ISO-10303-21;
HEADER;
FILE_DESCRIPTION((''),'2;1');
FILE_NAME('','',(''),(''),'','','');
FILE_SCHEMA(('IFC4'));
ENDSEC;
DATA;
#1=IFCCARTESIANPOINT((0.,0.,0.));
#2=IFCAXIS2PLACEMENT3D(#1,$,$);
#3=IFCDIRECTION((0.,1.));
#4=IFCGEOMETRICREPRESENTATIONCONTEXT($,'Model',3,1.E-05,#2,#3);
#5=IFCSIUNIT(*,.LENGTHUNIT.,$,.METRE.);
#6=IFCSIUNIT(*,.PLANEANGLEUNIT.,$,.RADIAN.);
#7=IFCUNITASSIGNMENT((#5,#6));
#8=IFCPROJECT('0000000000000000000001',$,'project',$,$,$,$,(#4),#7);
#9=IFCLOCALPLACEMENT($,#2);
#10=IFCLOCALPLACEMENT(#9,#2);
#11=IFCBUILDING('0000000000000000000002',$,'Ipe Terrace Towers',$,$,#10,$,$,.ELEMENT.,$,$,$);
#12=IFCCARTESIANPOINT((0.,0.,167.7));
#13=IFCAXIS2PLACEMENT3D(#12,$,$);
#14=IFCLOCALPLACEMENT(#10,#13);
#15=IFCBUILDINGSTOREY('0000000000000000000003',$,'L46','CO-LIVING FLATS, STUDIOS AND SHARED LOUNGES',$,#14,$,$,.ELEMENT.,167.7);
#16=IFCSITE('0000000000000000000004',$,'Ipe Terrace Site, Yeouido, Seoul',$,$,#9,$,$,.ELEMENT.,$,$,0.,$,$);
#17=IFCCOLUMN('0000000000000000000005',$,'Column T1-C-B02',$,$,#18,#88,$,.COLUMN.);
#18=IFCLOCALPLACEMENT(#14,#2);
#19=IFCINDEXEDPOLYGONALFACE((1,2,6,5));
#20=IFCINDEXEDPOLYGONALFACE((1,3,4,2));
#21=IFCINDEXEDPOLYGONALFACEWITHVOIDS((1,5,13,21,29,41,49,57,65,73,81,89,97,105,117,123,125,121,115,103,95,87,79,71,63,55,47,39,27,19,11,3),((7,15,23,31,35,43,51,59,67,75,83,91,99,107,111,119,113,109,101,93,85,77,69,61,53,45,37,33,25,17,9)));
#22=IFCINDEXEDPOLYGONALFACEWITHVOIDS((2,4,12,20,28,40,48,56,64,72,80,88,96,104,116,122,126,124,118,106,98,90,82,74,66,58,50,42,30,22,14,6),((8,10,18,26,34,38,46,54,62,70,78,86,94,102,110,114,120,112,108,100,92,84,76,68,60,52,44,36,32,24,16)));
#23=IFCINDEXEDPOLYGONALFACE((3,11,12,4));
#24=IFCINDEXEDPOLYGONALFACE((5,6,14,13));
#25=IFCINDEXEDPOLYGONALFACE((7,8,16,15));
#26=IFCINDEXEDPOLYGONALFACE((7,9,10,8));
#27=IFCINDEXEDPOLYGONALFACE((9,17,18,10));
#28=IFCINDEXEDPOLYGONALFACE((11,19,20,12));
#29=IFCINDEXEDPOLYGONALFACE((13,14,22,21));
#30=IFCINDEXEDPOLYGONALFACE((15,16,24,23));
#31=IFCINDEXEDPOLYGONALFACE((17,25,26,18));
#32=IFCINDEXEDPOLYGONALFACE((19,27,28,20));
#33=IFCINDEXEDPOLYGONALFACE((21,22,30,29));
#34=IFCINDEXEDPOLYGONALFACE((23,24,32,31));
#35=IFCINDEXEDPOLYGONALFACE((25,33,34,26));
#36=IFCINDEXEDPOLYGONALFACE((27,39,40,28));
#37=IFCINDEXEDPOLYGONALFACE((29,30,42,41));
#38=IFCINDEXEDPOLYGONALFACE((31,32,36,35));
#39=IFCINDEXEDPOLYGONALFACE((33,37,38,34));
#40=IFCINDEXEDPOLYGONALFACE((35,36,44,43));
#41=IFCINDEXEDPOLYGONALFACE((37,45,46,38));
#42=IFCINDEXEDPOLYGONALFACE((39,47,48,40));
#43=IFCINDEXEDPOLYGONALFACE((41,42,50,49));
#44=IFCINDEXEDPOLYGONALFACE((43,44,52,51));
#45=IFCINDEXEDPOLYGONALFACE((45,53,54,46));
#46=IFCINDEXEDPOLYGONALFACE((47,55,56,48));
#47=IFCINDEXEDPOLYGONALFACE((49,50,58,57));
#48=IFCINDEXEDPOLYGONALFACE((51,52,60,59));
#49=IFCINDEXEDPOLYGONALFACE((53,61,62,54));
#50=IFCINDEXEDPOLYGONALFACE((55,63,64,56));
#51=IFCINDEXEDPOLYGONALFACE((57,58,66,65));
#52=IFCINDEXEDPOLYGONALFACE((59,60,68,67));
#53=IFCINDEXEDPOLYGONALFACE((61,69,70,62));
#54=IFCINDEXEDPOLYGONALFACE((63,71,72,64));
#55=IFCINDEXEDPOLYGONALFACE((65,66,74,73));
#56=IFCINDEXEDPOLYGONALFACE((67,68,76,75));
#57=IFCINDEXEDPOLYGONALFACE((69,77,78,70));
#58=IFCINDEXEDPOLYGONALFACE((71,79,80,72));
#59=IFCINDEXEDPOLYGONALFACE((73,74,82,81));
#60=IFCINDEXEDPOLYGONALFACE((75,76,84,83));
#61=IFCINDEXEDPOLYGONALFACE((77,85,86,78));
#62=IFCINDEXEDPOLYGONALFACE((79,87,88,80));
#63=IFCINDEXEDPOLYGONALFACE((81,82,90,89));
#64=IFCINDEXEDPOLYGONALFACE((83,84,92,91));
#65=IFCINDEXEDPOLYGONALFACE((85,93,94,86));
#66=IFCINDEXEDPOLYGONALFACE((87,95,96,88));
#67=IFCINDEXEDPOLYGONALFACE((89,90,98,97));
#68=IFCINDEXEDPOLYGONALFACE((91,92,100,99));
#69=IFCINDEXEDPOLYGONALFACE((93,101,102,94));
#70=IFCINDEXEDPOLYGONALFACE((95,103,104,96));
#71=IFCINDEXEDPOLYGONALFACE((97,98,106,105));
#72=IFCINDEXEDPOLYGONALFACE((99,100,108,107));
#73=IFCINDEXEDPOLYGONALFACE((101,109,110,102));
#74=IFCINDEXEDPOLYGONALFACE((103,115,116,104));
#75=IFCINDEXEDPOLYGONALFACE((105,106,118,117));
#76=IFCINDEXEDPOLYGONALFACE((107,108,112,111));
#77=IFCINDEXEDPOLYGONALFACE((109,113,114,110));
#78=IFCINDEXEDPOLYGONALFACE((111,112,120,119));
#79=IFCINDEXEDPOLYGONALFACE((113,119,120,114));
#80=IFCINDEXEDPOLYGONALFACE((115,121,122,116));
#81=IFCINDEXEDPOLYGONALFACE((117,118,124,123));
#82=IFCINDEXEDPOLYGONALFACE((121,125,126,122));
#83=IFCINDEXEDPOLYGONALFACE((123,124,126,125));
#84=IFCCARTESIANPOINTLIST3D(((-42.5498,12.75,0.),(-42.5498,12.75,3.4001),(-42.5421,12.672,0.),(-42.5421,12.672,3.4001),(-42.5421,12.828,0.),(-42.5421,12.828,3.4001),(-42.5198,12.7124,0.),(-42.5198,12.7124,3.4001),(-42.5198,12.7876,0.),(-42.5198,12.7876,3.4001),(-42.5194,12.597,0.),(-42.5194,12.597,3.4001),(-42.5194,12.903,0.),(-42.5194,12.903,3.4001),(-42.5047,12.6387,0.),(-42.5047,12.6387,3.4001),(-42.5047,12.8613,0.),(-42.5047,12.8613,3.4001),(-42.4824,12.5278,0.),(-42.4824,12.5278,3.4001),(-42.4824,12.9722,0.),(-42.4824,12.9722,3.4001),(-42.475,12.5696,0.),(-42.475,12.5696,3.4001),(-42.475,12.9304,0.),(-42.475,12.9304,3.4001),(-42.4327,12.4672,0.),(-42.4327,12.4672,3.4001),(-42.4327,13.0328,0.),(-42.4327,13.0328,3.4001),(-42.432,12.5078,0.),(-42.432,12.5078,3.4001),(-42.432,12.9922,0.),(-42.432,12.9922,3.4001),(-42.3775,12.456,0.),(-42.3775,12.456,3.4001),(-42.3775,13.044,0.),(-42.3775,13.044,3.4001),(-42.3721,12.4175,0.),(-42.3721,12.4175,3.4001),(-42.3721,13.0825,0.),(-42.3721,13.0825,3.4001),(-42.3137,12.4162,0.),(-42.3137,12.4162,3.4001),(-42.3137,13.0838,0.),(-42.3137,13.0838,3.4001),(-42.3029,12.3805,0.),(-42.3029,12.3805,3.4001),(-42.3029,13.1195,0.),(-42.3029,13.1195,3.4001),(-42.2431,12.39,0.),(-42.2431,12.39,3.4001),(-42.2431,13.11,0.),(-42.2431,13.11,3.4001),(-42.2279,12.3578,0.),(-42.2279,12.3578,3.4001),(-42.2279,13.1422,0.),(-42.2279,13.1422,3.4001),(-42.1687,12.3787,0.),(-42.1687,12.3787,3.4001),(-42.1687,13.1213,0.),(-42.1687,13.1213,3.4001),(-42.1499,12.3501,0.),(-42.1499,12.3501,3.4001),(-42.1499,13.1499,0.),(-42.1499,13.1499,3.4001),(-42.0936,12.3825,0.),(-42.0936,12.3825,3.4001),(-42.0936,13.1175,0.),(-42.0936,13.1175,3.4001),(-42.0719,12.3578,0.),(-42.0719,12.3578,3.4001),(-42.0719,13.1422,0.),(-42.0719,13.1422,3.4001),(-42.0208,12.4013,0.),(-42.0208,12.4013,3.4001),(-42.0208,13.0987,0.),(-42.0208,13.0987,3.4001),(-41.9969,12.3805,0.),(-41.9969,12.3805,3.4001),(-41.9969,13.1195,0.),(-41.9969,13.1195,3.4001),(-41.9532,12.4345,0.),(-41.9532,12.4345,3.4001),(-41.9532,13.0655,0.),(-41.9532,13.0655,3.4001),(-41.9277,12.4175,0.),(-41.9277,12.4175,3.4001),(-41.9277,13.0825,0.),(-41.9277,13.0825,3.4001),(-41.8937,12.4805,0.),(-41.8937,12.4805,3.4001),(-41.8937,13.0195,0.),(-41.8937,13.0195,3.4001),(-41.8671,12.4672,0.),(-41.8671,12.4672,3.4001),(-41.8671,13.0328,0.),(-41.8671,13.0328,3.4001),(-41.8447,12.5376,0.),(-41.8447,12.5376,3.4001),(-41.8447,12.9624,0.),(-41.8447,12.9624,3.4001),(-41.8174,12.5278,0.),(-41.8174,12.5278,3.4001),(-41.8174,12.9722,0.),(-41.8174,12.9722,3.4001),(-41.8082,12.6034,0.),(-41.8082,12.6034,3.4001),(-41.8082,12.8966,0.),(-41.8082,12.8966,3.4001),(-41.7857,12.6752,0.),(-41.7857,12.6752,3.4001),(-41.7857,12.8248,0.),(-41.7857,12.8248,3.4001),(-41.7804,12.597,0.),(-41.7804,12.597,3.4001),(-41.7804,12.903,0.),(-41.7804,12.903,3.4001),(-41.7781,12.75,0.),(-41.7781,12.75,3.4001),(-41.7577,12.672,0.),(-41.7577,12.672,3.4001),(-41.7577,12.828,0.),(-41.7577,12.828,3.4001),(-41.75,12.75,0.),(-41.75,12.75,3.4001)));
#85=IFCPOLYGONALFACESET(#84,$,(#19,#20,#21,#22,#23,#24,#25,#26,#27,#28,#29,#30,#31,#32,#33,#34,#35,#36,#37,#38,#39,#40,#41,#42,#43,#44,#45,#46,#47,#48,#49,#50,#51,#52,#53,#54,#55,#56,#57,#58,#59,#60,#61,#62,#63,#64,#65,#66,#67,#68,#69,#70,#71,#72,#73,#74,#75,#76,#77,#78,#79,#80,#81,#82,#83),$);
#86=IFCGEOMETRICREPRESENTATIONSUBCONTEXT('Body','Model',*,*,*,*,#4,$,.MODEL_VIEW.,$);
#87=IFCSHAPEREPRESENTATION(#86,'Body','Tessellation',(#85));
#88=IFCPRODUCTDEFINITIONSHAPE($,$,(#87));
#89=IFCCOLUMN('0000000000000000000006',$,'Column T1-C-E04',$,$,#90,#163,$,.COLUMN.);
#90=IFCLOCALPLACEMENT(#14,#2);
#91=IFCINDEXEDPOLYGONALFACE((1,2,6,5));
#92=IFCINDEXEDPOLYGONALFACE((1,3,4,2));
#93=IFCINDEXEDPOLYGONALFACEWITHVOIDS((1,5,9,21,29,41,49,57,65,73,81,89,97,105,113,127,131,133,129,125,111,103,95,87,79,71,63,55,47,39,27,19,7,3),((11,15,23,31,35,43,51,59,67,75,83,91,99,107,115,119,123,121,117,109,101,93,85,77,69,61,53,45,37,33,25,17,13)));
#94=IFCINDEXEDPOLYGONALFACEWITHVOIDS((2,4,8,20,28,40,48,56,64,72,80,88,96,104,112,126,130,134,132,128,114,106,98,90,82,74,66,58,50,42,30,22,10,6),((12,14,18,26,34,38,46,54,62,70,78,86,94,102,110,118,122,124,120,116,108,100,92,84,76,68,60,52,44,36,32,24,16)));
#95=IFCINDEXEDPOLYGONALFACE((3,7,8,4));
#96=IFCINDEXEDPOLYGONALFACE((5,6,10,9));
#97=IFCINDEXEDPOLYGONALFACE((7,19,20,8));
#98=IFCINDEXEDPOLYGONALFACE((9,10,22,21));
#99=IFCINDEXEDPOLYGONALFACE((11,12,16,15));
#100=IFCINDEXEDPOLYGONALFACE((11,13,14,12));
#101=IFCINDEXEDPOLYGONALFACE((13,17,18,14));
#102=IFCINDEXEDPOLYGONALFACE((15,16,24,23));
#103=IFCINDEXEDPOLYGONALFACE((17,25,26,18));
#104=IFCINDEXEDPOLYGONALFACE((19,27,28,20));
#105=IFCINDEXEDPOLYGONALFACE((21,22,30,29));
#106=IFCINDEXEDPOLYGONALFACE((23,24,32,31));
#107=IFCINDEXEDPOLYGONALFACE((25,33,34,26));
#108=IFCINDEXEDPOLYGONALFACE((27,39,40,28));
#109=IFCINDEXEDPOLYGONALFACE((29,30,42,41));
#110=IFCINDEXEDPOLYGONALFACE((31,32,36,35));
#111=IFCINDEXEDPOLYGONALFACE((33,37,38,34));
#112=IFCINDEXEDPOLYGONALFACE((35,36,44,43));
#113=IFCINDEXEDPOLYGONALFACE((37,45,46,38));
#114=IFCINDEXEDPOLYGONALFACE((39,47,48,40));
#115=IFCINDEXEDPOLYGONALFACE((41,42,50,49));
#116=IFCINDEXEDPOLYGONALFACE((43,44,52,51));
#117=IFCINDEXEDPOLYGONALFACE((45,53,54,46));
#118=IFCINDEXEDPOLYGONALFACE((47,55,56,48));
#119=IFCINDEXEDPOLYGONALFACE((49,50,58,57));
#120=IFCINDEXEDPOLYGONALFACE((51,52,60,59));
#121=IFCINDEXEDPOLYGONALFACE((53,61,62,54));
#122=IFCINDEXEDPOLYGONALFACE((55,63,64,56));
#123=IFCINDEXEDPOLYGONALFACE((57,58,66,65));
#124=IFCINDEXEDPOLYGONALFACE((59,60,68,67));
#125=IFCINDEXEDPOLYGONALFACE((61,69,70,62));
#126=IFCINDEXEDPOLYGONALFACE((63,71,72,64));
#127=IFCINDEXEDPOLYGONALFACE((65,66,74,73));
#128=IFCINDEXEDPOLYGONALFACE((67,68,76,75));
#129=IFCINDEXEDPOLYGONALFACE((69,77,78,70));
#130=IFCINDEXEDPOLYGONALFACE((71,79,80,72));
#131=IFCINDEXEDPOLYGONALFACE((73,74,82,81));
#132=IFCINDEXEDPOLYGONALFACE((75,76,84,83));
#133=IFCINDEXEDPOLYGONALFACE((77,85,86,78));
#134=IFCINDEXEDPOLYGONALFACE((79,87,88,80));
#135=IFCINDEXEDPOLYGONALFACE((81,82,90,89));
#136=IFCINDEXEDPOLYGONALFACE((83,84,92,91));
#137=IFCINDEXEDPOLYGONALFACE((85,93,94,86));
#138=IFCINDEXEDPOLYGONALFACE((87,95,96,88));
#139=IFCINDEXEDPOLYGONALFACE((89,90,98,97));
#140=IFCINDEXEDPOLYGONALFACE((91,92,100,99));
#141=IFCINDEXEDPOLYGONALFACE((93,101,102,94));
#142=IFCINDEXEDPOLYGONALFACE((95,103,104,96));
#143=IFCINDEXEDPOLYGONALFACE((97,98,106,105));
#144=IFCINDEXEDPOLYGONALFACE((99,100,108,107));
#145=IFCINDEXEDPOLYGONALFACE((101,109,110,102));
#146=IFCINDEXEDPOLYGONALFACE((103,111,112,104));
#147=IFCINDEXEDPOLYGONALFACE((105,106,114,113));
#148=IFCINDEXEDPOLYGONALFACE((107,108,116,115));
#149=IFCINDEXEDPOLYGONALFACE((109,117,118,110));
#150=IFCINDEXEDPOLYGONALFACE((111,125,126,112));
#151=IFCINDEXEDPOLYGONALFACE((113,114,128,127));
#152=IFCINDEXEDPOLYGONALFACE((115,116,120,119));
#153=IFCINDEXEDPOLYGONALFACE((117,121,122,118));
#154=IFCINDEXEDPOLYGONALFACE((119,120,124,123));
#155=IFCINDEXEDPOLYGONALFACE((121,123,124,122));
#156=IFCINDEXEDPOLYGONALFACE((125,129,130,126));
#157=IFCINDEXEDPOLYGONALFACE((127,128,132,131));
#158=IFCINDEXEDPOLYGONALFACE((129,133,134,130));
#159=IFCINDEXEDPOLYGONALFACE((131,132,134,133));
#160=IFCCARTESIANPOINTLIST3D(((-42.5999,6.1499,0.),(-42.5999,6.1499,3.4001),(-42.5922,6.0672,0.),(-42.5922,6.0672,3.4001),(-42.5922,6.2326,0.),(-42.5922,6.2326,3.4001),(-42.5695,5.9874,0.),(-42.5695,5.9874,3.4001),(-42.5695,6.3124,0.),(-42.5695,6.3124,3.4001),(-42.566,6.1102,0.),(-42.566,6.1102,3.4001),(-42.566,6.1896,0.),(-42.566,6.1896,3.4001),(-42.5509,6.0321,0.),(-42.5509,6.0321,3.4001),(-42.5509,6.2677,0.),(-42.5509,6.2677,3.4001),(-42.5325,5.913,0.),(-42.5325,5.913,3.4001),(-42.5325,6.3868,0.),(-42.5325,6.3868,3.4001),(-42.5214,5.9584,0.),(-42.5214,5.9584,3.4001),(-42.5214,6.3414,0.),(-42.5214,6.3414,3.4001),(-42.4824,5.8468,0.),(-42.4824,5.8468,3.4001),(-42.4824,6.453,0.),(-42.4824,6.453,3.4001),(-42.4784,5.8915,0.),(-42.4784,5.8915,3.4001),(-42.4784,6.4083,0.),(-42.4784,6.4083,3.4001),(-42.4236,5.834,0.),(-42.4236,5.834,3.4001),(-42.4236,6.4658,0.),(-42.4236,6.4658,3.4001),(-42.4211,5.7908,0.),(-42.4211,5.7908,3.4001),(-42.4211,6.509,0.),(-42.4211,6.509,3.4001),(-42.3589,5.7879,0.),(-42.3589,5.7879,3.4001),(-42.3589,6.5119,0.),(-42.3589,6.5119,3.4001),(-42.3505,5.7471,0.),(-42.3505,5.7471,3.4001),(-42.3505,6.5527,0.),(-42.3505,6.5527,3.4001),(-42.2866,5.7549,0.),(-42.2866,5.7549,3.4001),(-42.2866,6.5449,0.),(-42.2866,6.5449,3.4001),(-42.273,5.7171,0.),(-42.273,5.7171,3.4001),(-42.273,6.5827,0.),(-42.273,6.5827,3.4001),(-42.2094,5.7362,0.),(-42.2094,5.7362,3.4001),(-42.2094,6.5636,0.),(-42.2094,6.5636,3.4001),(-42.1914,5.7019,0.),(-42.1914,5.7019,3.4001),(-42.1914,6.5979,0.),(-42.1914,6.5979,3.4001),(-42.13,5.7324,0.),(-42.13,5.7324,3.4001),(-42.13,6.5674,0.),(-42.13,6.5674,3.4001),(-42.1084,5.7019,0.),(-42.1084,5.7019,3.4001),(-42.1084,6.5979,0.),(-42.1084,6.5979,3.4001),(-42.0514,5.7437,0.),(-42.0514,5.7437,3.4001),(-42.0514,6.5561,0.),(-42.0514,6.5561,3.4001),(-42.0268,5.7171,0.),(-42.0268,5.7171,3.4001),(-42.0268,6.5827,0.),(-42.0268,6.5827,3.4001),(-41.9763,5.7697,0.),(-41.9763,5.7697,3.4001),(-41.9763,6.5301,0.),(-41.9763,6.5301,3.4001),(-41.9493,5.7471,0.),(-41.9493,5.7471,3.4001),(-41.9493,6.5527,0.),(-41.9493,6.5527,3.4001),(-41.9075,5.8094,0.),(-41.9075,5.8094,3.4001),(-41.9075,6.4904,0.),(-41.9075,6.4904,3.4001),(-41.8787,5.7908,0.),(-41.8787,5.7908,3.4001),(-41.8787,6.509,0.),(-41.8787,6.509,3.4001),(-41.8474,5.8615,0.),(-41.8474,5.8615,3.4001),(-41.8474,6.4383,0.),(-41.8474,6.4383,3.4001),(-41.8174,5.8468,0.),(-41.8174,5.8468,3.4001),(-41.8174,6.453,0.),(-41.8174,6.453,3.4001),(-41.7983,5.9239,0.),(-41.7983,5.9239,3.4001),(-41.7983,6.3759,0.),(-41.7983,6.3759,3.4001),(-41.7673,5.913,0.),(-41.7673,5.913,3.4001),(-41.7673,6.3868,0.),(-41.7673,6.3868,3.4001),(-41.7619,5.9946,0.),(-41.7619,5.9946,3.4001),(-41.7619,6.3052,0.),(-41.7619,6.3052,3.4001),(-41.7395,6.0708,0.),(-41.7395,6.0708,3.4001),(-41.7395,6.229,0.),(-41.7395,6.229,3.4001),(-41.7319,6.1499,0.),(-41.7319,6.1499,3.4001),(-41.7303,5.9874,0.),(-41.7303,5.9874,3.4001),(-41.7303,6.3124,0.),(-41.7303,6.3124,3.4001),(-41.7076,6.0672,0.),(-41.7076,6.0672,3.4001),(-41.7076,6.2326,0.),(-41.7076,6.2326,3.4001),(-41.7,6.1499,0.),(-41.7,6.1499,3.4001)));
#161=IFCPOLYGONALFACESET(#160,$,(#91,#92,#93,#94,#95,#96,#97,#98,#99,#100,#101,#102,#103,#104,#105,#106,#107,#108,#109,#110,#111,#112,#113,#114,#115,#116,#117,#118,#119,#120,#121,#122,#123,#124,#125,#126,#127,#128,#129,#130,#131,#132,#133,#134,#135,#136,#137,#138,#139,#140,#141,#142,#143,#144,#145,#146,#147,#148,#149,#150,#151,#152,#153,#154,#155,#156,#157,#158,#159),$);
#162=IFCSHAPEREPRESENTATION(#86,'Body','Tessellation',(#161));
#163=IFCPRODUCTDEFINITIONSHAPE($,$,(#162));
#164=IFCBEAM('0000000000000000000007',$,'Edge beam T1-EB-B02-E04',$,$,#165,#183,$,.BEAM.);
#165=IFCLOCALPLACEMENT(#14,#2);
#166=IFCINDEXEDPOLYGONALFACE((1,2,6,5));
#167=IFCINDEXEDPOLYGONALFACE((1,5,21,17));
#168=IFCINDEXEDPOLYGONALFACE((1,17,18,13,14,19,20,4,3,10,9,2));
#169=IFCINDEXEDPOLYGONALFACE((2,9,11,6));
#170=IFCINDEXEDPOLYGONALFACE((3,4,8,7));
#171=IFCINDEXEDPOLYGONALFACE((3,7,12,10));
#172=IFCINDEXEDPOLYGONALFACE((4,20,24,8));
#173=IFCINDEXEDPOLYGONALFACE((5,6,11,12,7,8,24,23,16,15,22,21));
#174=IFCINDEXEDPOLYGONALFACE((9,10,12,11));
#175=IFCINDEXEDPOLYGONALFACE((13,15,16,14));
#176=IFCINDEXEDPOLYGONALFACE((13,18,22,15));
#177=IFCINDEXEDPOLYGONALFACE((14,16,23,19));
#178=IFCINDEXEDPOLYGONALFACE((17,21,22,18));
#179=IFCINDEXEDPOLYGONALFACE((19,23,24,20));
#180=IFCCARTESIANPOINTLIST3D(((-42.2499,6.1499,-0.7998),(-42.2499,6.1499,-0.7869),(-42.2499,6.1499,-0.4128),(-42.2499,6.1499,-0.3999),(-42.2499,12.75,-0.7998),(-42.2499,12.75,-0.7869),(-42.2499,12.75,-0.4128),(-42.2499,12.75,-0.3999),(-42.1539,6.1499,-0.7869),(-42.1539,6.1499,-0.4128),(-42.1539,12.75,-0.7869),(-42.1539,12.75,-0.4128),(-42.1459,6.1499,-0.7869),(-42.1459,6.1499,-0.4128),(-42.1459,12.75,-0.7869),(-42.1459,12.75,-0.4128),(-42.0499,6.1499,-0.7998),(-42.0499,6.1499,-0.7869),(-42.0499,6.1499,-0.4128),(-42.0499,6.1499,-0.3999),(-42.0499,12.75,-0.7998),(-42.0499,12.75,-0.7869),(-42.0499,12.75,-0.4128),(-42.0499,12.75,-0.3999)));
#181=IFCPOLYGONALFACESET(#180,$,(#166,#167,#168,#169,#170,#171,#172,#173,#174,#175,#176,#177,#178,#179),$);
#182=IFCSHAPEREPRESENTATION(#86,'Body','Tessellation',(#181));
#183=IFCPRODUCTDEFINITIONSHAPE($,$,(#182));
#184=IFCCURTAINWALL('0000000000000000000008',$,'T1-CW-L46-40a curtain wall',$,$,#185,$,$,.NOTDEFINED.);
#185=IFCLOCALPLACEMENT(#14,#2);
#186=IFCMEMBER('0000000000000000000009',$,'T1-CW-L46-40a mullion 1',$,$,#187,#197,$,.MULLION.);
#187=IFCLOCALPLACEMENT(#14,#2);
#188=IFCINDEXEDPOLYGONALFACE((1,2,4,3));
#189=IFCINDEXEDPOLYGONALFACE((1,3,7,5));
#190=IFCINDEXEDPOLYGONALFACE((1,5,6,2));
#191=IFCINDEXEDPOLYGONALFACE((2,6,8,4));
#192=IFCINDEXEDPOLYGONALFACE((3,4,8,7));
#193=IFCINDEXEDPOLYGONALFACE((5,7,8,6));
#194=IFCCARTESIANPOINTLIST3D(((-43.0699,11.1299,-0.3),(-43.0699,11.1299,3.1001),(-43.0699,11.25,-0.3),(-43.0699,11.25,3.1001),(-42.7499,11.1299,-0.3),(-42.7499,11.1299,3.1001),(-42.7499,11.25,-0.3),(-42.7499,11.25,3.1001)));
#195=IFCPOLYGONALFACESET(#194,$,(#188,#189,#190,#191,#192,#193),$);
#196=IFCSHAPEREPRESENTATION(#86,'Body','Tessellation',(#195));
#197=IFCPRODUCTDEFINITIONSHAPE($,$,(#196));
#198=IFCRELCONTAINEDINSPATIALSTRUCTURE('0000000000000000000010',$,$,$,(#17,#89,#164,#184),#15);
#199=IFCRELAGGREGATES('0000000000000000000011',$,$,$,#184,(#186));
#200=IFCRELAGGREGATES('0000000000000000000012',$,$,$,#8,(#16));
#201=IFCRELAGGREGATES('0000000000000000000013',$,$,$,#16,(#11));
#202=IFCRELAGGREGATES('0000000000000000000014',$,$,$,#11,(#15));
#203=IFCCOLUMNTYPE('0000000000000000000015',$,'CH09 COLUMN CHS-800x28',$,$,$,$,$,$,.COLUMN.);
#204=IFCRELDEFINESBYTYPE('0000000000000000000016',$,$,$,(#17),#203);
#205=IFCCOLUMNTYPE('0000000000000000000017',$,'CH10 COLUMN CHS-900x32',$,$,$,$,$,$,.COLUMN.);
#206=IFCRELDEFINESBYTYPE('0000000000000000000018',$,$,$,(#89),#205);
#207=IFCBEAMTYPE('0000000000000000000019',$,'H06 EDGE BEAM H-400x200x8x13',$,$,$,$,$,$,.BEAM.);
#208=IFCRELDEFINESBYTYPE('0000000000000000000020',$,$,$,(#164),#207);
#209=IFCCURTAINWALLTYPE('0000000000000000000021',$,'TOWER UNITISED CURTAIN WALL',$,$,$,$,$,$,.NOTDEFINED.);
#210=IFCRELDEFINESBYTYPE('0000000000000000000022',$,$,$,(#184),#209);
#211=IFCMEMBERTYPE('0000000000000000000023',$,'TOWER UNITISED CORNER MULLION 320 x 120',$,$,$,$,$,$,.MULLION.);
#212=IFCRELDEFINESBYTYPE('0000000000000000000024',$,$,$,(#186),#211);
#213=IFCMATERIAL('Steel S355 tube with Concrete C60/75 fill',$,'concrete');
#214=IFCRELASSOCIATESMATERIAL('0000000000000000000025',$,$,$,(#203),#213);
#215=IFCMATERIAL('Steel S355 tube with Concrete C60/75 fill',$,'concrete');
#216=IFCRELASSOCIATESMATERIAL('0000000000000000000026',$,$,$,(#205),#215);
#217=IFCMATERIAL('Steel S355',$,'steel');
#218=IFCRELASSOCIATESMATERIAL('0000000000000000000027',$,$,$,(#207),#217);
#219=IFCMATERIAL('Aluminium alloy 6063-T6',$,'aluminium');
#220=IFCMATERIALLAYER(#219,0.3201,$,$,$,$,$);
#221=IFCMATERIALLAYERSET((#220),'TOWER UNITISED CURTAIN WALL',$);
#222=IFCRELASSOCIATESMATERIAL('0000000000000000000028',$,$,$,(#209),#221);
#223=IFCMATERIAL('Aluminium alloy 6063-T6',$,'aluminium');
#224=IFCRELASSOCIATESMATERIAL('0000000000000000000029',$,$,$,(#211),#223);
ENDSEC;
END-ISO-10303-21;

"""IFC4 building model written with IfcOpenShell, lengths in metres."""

from ifc_helpers import new_model, si_unit, direction, frame, origin, origin_2d, place, context, subcontext, project, spatial, rectangle, hollow_circle, i_section, extrude, material, layer, layer_set, material_profile, profile_set, type_object, element, aggregate, save


model = new_model("IFC4")

# Units and contexts
model_context = context("Model", 3, precision=1e-05, world=origin(), true_north=direction((0.0, 1.0)))
body_context = subcontext(model_context, "Body", "Model", "MODEL_VIEW")
ifc_project = project(units=[si_unit("LENGTHUNIT", "METRE"), si_unit("PLANEANGLEUNIT", "RADIAN")], contexts=[model_context])

# Site, building, storey
site_placement = place(None, origin())
site = spatial("IfcSite", under=ifc_project, at=site_placement, Name="Ipe Terrace Site, Yeouido, Seoul", CompositionType="ELEMENT", RefElevation=0.0)
building_placement = place(site_placement, origin())
building = spatial("IfcBuilding", under=site, at=building_placement, Name="Ipe Terrace Towers", CompositionType="ELEMENT")
storey_placement = place(building_placement, frame((0.0, 0.0, 167.7)))
storey = spatial("IfcBuildingStorey", under=building, at=storey_placement, Name="L46", Description="CO-LIVING FLATS, STUDIOS AND SHARED LOUNGES", CompositionType="ELEMENT", Elevation=167.7)

# Columns
ifc_material_1 = material(Name="Steel S355 tube with Concrete C60/75 fill", Category="concrete")
ifc_material_profile_1 = material_profile(ifc_material_1, hollow_circle(Radius=0.3999, WallThickness=0.0281, at=origin_2d()), Name="CHS-800x28")
ifc_profile_set_1 = profile_set([ifc_material_profile_1], Name="Steel S355 tube with Concrete C60/75 fill")
column_type_1 = type_object("IfcColumnType", Name="CH09 COLUMN CHS-800x28", PredefinedType="COLUMN", material=ifc_profile_set_1)
column_1_placement = place(storey_placement, frame((-42.1499, 12.75, 0.0), z_axis=(0.0, 0.0, 1.0), x_axis=(1.0, 0.0, 0.0)))
element("IfcColumn", 1, at=column_1_placement, inside=storey, type_object=column_type_1, Name="Column T1-C-B02", PredefinedType="COLUMN", context=body_context, shape_type="SweptSolid", body=[
    extrude(hollow_circle(Radius=0.3999, WallThickness=0.0281, at=origin_2d()), origin(), (0.0, 0.0, 1.0), 3.4001),
])
ifc_material_2 = material(Name="Steel S355 tube with Concrete C60/75 fill", Category="concrete")
ifc_material_profile_2 = material_profile(ifc_material_2, hollow_circle(Radius=0.45, WallThickness=0.032, at=origin_2d()), Name="CHS-900x32")
ifc_profile_set_2 = profile_set([ifc_material_profile_2], Name="Steel S355 tube with Concrete C60/75 fill")
column_type_2 = type_object("IfcColumnType", Name="CH10 COLUMN CHS-900x32", PredefinedType="COLUMN", material=ifc_profile_set_2)
column_2_placement = place(storey_placement, frame((-42.1499, 6.1499, 0.0), z_axis=(0.0, 0.0, 1.0), x_axis=(1.0, 0.0, 0.0)))
element("IfcColumn", 2, at=column_2_placement, inside=storey, type_object=column_type_2, Name="Column T1-C-E04", PredefinedType="COLUMN", context=body_context, shape_type="SweptSolid", body=[
    extrude(hollow_circle(Radius=0.45, WallThickness=0.032, at=origin_2d()), origin(), (0.0, 0.0, 1.0), 3.4001),
])

# Beam
ifc_material_3 = material(Name="Steel S355", Category="steel")
ifc_material_profile_3 = material_profile(ifc_material_3, i_section(OverallWidth=0.2, OverallDepth=0.3999, WebThickness=0.0081, FlangeThickness=0.0129, at=origin_2d()), Name="H-400x200x8x13")
ifc_profile_set_3 = profile_set([ifc_material_profile_3], Name="Steel S355")
beam_type = type_object("IfcBeamType", Name="H06 EDGE BEAM H-400x200x8x13", PredefinedType="BEAM", material=ifc_profile_set_3)
beam_placement = place(storey_placement, frame((-42.1499, 12.75, -0.5999), z_axis=(0.0, -1.0, 0.0), x_axis=(1.0, 0.0, 0.0)))
element("IfcBeam", 3, at=beam_placement, inside=storey, type_object=beam_type, Name="Edge beam T1-EB-B02-E04", PredefinedType="BEAM", context=body_context, shape_type="SweptSolid", body=[
    extrude(i_section(OverallWidth=0.2, OverallDepth=0.3999, WebThickness=0.0081, FlangeThickness=0.0129, at=origin_2d()), origin(), (0.0, 0.0, 1.0), 6.6001),
])

# Curtain wall, member
ifc_material_4 = material(Name="Aluminium alloy 6063-T6", Category="aluminium")
ifc_layer_1 = layer(ifc_material_4, 0.3201)
ifc_layer_set_1 = layer_set([ifc_layer_1], Name="TOWER UNITISED CURTAIN WALL")
curtain_wall_type = type_object("IfcCurtainWallType", Name="TOWER UNITISED CURTAIN WALL", PredefinedType="NOTDEFINED", material=ifc_layer_set_1)
curtain_wall_placement = place(storey_placement, origin())
curtain_wall = element("IfcCurtainWall", 4, at=curtain_wall_placement, inside=storey, type_object=curtain_wall_type, Name="T1-CW-L46-40a curtain wall", PredefinedType="NOTDEFINED")
ifc_material_5 = material(Name="Aluminium alloy 6063-T6", Category="aluminium")
ifc_material_profile_4 = material_profile(ifc_material_5, rectangle(XDim=0.3201, YDim=0.1201, at=origin_2d()), Name="TOWER UNITISED CORNER MULLION 320 x 120")
ifc_profile_set_4 = profile_set([ifc_material_profile_4], Name="Aluminium alloy 6063-T6")
member_type = type_object("IfcMemberType", Name="TOWER UNITISED CORNER MULLION 320 x 120", PredefinedType="MULLION", material=ifc_profile_set_4)
member_1_placement = place(storey_placement, frame((-42.9099, 11.1899, -0.3), z_axis=(0.0, 0.0, 1.0), x_axis=(-1.0, 0.0, 0.0)))
member_1 = element("IfcMember", 5, at=member_1_placement, type_object=member_type, Name="T1-CW-L46-40a mullion 1", PredefinedType="MULLION", context=body_context, shape_type="SweptSolid", body=[
    extrude(rectangle(XDim=0.3201, YDim=0.1201, at=origin_2d()), origin(), (0.0, 0.0, 1.0), 3.4001),
])
aggregate(curtain_wall, [member_1])

save(model, "model.ifc")
